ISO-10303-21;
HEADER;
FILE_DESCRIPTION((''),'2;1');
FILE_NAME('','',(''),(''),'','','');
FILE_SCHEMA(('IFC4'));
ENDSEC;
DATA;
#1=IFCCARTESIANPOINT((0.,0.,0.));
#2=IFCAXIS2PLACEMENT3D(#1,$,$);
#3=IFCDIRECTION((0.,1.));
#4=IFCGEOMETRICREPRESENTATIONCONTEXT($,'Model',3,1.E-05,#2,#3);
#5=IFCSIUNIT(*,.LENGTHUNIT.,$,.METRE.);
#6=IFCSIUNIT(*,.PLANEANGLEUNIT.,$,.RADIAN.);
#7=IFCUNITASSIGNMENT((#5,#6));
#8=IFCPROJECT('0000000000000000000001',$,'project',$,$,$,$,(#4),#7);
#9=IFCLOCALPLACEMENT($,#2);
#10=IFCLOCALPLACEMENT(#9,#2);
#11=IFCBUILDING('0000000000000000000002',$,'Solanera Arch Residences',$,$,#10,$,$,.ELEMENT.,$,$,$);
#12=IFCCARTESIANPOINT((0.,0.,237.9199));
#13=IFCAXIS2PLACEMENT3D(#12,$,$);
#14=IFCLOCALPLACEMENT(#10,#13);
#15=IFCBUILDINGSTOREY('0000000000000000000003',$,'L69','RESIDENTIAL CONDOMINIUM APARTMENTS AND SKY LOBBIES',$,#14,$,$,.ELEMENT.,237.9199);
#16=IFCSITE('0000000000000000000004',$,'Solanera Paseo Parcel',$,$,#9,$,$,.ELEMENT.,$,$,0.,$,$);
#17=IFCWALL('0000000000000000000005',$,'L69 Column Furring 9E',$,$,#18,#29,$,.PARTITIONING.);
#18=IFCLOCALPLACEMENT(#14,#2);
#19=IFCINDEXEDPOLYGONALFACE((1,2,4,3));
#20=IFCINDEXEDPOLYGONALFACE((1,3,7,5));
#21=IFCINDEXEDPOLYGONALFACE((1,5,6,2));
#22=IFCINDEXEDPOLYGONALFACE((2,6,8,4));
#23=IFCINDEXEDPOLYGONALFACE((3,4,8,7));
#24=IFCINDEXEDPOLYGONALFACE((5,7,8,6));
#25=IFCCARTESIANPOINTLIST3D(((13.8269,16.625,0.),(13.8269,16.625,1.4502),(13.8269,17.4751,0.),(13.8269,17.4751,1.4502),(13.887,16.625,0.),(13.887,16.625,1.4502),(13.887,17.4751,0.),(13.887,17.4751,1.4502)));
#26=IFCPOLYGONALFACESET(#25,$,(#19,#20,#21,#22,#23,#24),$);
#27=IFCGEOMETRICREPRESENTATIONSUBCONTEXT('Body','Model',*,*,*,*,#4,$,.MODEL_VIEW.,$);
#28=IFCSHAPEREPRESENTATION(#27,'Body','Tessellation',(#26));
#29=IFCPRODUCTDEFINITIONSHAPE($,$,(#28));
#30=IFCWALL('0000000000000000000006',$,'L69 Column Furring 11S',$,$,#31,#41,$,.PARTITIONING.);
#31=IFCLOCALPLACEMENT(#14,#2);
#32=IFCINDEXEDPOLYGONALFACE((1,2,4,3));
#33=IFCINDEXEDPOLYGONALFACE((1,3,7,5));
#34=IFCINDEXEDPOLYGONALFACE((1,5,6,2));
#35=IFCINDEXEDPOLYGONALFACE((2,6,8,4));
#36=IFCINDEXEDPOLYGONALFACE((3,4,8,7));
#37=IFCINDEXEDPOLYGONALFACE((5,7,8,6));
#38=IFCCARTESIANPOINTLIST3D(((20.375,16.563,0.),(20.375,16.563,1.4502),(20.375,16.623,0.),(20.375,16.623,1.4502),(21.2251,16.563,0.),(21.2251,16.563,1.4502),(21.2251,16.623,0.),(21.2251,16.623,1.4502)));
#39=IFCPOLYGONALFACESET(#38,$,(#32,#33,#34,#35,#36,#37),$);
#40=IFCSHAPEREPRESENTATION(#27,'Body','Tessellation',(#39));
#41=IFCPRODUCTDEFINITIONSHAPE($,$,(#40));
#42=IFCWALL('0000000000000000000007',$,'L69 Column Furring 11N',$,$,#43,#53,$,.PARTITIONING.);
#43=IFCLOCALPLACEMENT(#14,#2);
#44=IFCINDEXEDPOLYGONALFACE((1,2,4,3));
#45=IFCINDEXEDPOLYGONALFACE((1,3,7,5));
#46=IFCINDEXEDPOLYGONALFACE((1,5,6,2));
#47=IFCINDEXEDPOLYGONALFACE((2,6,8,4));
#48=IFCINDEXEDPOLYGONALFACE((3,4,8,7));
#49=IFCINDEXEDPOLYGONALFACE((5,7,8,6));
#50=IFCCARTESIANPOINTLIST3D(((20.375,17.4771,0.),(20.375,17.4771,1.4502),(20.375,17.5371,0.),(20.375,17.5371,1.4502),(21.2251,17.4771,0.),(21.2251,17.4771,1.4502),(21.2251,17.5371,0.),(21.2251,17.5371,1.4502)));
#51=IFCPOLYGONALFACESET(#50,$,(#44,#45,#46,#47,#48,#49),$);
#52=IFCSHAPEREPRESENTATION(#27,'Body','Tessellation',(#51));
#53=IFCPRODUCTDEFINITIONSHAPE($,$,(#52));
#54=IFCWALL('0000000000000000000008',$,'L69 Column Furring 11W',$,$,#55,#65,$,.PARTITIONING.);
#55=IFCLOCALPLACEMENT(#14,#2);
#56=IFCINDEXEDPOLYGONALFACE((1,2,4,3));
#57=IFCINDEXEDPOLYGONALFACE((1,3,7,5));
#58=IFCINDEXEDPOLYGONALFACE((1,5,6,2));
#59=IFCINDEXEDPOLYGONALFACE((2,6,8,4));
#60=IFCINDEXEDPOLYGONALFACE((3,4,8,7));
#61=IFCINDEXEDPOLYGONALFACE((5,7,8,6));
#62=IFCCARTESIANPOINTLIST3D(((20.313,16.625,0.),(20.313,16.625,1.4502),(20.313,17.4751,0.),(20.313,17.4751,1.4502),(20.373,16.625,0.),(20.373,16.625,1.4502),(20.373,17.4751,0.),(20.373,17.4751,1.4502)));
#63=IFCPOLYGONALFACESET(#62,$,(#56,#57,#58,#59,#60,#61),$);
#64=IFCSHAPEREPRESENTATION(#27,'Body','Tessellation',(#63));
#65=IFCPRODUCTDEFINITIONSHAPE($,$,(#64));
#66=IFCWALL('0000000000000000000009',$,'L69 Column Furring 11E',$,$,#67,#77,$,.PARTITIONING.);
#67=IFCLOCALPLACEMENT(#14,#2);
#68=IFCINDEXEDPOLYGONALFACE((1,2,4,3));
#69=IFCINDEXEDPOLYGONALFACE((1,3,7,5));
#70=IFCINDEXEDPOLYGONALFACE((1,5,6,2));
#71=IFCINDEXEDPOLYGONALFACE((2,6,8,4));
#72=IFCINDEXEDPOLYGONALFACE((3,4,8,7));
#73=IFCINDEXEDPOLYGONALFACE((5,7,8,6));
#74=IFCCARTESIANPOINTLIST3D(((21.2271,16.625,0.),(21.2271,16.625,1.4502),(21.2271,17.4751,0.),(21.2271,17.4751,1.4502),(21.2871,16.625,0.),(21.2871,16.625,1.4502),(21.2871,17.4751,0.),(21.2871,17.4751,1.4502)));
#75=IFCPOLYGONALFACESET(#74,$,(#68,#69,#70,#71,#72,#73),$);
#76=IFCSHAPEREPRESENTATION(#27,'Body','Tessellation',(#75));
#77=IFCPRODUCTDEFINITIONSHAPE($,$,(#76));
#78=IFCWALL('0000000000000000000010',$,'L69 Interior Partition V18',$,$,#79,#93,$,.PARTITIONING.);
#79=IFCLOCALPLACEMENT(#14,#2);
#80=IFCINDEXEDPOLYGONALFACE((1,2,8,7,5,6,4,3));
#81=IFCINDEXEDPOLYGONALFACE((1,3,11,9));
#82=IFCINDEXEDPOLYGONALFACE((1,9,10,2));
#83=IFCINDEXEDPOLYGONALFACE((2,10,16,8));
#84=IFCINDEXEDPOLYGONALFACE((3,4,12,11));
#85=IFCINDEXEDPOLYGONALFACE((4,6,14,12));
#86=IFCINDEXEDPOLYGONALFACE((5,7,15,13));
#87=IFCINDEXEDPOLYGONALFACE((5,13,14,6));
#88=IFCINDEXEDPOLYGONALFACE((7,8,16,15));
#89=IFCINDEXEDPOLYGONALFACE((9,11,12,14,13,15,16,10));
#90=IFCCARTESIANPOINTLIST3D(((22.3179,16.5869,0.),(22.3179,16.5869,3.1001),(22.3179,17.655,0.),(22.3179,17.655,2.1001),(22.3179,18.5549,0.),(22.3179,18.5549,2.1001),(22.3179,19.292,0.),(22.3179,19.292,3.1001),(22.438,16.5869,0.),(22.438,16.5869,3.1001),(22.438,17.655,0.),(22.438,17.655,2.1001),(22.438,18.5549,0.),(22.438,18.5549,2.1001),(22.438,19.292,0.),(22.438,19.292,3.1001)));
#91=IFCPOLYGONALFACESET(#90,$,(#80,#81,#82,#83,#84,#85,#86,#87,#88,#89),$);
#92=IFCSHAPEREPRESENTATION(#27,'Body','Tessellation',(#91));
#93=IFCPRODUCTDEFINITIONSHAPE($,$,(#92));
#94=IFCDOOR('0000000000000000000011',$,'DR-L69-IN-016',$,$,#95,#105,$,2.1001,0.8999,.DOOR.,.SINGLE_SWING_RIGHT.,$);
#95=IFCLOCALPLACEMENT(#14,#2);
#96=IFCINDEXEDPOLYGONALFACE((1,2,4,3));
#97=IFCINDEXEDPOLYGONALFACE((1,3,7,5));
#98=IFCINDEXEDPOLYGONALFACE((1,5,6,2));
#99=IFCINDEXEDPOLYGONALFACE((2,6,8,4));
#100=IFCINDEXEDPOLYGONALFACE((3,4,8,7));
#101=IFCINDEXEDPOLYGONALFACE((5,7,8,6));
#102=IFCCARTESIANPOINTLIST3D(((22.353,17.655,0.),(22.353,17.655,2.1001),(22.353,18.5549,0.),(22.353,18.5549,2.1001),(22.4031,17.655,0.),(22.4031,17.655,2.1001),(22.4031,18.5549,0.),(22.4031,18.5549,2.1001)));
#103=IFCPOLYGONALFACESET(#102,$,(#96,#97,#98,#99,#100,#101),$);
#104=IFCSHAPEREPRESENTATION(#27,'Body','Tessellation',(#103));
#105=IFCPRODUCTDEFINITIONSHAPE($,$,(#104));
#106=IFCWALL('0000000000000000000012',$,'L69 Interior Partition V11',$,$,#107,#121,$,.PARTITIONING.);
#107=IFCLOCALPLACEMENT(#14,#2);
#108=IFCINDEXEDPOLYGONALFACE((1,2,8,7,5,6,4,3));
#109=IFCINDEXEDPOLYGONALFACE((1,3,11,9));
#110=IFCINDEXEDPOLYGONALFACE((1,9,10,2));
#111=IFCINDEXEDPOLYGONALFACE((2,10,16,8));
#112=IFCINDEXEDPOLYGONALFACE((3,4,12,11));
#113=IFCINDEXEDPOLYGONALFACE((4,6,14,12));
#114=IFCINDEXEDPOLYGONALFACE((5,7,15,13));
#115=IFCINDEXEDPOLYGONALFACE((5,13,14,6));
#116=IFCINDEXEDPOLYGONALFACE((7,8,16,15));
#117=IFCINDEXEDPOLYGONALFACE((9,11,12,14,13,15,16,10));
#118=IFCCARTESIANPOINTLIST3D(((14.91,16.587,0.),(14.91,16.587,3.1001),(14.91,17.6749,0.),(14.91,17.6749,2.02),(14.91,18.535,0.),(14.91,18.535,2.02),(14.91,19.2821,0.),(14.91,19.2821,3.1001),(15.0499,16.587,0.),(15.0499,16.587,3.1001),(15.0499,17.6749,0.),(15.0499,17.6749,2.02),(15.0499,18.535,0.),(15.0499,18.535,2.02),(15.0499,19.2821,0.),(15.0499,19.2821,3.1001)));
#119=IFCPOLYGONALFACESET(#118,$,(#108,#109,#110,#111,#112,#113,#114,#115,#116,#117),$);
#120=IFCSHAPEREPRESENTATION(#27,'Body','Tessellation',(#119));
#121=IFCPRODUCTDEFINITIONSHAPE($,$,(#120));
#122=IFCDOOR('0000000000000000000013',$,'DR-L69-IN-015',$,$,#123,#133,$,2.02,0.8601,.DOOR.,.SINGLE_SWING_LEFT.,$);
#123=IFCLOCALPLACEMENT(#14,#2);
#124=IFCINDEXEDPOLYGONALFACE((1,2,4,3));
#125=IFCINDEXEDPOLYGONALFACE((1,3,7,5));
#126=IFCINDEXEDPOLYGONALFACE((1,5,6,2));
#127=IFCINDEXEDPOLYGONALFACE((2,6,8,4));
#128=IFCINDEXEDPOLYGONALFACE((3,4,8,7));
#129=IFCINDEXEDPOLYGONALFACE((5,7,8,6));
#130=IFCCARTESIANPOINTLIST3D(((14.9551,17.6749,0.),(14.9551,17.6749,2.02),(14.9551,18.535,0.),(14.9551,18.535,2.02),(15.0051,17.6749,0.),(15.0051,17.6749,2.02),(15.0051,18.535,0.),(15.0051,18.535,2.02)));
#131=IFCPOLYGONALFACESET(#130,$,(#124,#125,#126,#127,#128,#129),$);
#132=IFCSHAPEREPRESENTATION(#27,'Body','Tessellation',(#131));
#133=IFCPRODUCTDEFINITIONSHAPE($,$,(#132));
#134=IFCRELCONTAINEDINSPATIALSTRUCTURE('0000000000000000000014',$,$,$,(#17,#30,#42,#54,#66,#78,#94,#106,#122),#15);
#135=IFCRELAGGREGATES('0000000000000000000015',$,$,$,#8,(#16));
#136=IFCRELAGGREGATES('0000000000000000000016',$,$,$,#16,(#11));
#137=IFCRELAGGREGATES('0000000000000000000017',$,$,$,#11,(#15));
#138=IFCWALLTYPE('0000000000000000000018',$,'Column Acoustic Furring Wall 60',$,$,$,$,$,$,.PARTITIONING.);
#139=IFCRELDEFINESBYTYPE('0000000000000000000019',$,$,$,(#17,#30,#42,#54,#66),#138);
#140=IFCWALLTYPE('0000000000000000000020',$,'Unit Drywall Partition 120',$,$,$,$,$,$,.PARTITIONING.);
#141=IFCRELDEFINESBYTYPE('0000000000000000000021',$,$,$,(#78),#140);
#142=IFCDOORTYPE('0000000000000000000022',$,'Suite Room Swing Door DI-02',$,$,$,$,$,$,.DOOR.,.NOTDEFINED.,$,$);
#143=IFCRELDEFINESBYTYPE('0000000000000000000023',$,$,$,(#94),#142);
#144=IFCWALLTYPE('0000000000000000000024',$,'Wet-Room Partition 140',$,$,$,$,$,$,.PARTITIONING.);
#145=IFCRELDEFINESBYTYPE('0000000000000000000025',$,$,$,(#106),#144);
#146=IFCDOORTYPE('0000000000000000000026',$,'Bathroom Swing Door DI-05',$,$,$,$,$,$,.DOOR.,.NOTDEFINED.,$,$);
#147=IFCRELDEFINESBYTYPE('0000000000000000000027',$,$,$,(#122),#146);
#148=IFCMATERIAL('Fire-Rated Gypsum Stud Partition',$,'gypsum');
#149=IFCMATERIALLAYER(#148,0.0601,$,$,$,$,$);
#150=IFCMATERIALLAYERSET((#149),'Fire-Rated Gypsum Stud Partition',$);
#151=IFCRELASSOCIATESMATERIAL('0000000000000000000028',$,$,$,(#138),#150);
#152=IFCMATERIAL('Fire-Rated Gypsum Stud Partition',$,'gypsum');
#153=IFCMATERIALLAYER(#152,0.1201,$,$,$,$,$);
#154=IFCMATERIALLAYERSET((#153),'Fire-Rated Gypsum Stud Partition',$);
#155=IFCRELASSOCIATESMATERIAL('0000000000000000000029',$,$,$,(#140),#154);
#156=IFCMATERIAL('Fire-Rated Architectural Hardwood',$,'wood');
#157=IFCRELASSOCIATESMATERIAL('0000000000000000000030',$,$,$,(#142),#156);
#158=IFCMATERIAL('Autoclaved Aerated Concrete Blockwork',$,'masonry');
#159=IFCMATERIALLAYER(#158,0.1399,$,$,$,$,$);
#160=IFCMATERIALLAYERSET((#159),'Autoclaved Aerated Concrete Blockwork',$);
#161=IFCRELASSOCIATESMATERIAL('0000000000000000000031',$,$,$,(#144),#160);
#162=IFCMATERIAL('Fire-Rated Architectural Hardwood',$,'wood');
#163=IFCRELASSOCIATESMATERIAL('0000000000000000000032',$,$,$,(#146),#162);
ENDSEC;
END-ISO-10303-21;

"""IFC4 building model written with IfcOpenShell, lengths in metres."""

from ifc_helpers import new_model, si_unit, direction, frame, frame_2d, origin, place, context, subcontext, project, spatial, rectangle, extrude, material, layer, layer_set, type_object, element, fill, save


model = new_model("IFC4")

# Units and contexts
model_context = context("Model", 3, precision=1e-05, world=origin(), true_north=direction((0.0, 1.0)))
body_context = subcontext(model_context, "Body", "Model", "MODEL_VIEW")
ifc_project = project(units=[si_unit("LENGTHUNIT", "METRE"), si_unit("PLANEANGLEUNIT", "RADIAN")], contexts=[model_context])

# Site, building, storey
site_placement = place(None, origin())
site = spatial("IfcSite", under=ifc_project, at=site_placement, Name="Solanera Paseo Parcel", CompositionType="ELEMENT", RefElevation=0.0)
building_placement = place(site_placement, origin())
building = spatial("IfcBuilding", under=site, at=building_placement, Name="Solanera Arch Residences", CompositionType="ELEMENT")
storey_placement = place(building_placement, frame((0.0, 0.0, 237.9199)))
storey = spatial("IfcBuildingStorey", under=building, at=storey_placement, Name="L69", Description="RESIDENTIAL CONDOMINIUM APARTMENTS AND SKY LOBBIES", CompositionType="ELEMENT", Elevation=237.9199)

# Walls
ifc_material_1 = material(Name="Fire-Rated Gypsum Stud Partition", Category="gypsum")
ifc_layer_1 = layer(ifc_material_1, 0.0601)
ifc_layer_set_1 = layer_set([ifc_layer_1], Name="Fire-Rated Gypsum Stud Partition")
wall_type_1 = type_object("IfcWallType", Name="Column Acoustic Furring Wall 60", PredefinedType="PARTITIONING", material=ifc_layer_set_1)
for number, where, z_axis, x_axis, name in (
    (1, (13.8569, 16.625, 0.0), (0.0, 0.0, 1.0), (0.0, 1.0, 0.0), "L69 Column Furring 9E"),
    (2, (20.375, 16.593, 0.0), (0.0, 0.0, 1.0), (1.0, 0.0, 0.0), "L69 Column Furring 11S"),
    (3, (20.375, 17.5071, 0.0), (0.0, 0.0, 1.0), (1.0, 0.0, 0.0), "L69 Column Furring 11N"),
    (4, (20.343, 16.625, 0.0), (0.0, 0.0, 1.0), (0.0, 1.0, 0.0), "L69 Column Furring 11W"),
    (5, (21.2571, 16.625, 0.0), (0.0, 0.0, 1.0), (0.0, 1.0, 0.0), "L69 Column Furring 11E"),
):
    element("IfcWall", number, at=place(storey_placement, frame(where, z_axis=z_axis, x_axis=x_axis)), inside=storey, type_object=wall_type_1, Name=name, PredefinedType="PARTITIONING", context=body_context, shape_type="SweptSolid", body=[
        extrude(rectangle(XDim=0.8501, YDim=0.0601, at=frame_2d((0.425, 0.0))), origin(), (0.0, 0.0, 1.0), 1.4502),
    ])

# Walls, openings, doors
ifc_material_2 = material(Name="Fire-Rated Gypsum Stud Partition", Category="gypsum")
ifc_layer_2 = layer(ifc_material_2, 0.1201)
ifc_layer_set_2 = layer_set([ifc_layer_2], Name="Fire-Rated Gypsum Stud Partition")
wall_type_2 = type_object("IfcWallType", Name="Unit Drywall Partition 120", PredefinedType="PARTITIONING", material=ifc_layer_set_2)
wall_1_placement = place(storey_placement, frame((22.3779, 16.5869, 0.0), z_axis=(0.0, 0.0, 1.0), x_axis=(0.0, 1.0, 0.0)))
wall_1 = element("IfcWall", 6, at=wall_1_placement, inside=storey, type_object=wall_type_2, Name="L69 Interior Partition V18", PredefinedType="PARTITIONING", context=body_context, shape_type="SweptSolid", body=[
    extrude(rectangle(XDim=2.7051, YDim=0.1201, at=frame_2d((1.3525, 0.0))), origin(), (0.0, 0.0, 1.0), 3.1001),
])
opening_1_placement = place(wall_1_placement, frame((1.0681, 0.0, 0.0)))
opening_1 = element("IfcOpeningElement", 7, at=opening_1_placement, cuts=wall_1, PredefinedType="OPENING", context=body_context, shape_type="SweptSolid", body=[
    extrude(rectangle(XDim=0.8999, YDim=2.1001, at=frame_2d((0.45, 1.05))), frame((0.0, 0.0701, 0.0), z_axis=(0.0, -1.0, 0.0), x_axis=(1.0, 0.0, 0.0)), (0.0, 0.0, 1.0), 0.1401),
])
ifc_material_3 = material(Name="Fire-Rated Architectural Hardwood", Category="wood")
door_type_1 = type_object("IfcDoorType", Name="Suite Room Swing Door DI-02", OperationType="NOTDEFINED", PredefinedType="DOOR", material=ifc_material_3)
door_1_placement = place(opening_1_placement, origin())
door_1 = element("IfcDoor", 8, at=door_1_placement, inside=storey, type_object=door_type_1, Name="DR-L69-IN-016", OperationType="SINGLE_SWING_RIGHT", OverallHeight=2.1001, OverallWidth=0.8999, PredefinedType="DOOR", context=body_context, shape_type="SweptSolid", body=[
    extrude(rectangle(XDim=0.8999, YDim=2.1001, at=frame_2d((0.45, 1.05))), frame((0.0, 0.0249, 0.0), z_axis=(0.0, -1.0, 0.0), x_axis=(1.0, 0.0, 0.0)), (0.0, 0.0, 1.0), 0.05),
])
fill(opening_1, door_1)
ifc_material_4 = material(Name="Autoclaved Aerated Concrete Blockwork", Category="masonry")
ifc_layer_3 = layer(ifc_material_4, 0.1399)
ifc_layer_set_3 = layer_set([ifc_layer_3], Name="Autoclaved Aerated Concrete Blockwork")
wall_type_3 = type_object("IfcWallType", Name="Wet-Room Partition 140", PredefinedType="PARTITIONING", material=ifc_layer_set_3)
wall_2_placement = place(storey_placement, frame((14.98, 16.5869, 0.0), z_axis=(0.0, 0.0, 1.0), x_axis=(0.0, 1.0, 0.0)))
wall_2 = element("IfcWall", 9, at=wall_2_placement, inside=storey, type_object=wall_type_3, Name="L69 Interior Partition V11", PredefinedType="PARTITIONING", context=body_context, shape_type="SweptSolid", body=[
    extrude(rectangle(XDim=2.6951, YDim=0.1399, at=frame_2d((1.3477, 0.0))), origin(), (0.0, 0.0, 1.0), 3.1001),
])
opening_2_placement = place(wall_2_placement, frame((1.0879, 0.0, 0.0)))
opening_2 = element("IfcOpeningElement", 10, at=opening_2_placement, cuts=wall_2, PredefinedType="OPENING", context=body_context, shape_type="SweptSolid", body=[
    extrude(rectangle(XDim=0.8601, YDim=2.02, at=frame_2d((0.4302, 1.01))), frame((0.0, 0.0798, 0.0), z_axis=(0.0, -1.0, 0.0), x_axis=(1.0, 0.0, 0.0)), (0.0, 0.0, 1.0), 0.1599),
])
ifc_material_5 = material(Name="Fire-Rated Architectural Hardwood", Category="wood")
door_type_2 = type_object("IfcDoorType", Name="Bathroom Swing Door DI-05", OperationType="NOTDEFINED", PredefinedType="DOOR", material=ifc_material_5)
door_2_placement = place(opening_2_placement, origin())
door_2 = element("IfcDoor", 11, at=door_2_placement, inside=storey, type_object=door_type_2, Name="DR-L69-IN-015", OperationType="SINGLE_SWING_LEFT", OverallHeight=2.02, OverallWidth=0.8601, PredefinedType="DOOR", context=body_context, shape_type="SweptSolid", body=[
    extrude(rectangle(XDim=0.8601, YDim=2.02, at=frame_2d((0.4302, 1.01))), frame((0.0, 0.0249, 0.0), z_axis=(0.0, -1.0, 0.0), x_axis=(1.0, 0.0, 0.0)), (0.0, 0.0, 1.0), 0.05),
])
fill(opening_2, door_2)

save(model, "model.ifc")
